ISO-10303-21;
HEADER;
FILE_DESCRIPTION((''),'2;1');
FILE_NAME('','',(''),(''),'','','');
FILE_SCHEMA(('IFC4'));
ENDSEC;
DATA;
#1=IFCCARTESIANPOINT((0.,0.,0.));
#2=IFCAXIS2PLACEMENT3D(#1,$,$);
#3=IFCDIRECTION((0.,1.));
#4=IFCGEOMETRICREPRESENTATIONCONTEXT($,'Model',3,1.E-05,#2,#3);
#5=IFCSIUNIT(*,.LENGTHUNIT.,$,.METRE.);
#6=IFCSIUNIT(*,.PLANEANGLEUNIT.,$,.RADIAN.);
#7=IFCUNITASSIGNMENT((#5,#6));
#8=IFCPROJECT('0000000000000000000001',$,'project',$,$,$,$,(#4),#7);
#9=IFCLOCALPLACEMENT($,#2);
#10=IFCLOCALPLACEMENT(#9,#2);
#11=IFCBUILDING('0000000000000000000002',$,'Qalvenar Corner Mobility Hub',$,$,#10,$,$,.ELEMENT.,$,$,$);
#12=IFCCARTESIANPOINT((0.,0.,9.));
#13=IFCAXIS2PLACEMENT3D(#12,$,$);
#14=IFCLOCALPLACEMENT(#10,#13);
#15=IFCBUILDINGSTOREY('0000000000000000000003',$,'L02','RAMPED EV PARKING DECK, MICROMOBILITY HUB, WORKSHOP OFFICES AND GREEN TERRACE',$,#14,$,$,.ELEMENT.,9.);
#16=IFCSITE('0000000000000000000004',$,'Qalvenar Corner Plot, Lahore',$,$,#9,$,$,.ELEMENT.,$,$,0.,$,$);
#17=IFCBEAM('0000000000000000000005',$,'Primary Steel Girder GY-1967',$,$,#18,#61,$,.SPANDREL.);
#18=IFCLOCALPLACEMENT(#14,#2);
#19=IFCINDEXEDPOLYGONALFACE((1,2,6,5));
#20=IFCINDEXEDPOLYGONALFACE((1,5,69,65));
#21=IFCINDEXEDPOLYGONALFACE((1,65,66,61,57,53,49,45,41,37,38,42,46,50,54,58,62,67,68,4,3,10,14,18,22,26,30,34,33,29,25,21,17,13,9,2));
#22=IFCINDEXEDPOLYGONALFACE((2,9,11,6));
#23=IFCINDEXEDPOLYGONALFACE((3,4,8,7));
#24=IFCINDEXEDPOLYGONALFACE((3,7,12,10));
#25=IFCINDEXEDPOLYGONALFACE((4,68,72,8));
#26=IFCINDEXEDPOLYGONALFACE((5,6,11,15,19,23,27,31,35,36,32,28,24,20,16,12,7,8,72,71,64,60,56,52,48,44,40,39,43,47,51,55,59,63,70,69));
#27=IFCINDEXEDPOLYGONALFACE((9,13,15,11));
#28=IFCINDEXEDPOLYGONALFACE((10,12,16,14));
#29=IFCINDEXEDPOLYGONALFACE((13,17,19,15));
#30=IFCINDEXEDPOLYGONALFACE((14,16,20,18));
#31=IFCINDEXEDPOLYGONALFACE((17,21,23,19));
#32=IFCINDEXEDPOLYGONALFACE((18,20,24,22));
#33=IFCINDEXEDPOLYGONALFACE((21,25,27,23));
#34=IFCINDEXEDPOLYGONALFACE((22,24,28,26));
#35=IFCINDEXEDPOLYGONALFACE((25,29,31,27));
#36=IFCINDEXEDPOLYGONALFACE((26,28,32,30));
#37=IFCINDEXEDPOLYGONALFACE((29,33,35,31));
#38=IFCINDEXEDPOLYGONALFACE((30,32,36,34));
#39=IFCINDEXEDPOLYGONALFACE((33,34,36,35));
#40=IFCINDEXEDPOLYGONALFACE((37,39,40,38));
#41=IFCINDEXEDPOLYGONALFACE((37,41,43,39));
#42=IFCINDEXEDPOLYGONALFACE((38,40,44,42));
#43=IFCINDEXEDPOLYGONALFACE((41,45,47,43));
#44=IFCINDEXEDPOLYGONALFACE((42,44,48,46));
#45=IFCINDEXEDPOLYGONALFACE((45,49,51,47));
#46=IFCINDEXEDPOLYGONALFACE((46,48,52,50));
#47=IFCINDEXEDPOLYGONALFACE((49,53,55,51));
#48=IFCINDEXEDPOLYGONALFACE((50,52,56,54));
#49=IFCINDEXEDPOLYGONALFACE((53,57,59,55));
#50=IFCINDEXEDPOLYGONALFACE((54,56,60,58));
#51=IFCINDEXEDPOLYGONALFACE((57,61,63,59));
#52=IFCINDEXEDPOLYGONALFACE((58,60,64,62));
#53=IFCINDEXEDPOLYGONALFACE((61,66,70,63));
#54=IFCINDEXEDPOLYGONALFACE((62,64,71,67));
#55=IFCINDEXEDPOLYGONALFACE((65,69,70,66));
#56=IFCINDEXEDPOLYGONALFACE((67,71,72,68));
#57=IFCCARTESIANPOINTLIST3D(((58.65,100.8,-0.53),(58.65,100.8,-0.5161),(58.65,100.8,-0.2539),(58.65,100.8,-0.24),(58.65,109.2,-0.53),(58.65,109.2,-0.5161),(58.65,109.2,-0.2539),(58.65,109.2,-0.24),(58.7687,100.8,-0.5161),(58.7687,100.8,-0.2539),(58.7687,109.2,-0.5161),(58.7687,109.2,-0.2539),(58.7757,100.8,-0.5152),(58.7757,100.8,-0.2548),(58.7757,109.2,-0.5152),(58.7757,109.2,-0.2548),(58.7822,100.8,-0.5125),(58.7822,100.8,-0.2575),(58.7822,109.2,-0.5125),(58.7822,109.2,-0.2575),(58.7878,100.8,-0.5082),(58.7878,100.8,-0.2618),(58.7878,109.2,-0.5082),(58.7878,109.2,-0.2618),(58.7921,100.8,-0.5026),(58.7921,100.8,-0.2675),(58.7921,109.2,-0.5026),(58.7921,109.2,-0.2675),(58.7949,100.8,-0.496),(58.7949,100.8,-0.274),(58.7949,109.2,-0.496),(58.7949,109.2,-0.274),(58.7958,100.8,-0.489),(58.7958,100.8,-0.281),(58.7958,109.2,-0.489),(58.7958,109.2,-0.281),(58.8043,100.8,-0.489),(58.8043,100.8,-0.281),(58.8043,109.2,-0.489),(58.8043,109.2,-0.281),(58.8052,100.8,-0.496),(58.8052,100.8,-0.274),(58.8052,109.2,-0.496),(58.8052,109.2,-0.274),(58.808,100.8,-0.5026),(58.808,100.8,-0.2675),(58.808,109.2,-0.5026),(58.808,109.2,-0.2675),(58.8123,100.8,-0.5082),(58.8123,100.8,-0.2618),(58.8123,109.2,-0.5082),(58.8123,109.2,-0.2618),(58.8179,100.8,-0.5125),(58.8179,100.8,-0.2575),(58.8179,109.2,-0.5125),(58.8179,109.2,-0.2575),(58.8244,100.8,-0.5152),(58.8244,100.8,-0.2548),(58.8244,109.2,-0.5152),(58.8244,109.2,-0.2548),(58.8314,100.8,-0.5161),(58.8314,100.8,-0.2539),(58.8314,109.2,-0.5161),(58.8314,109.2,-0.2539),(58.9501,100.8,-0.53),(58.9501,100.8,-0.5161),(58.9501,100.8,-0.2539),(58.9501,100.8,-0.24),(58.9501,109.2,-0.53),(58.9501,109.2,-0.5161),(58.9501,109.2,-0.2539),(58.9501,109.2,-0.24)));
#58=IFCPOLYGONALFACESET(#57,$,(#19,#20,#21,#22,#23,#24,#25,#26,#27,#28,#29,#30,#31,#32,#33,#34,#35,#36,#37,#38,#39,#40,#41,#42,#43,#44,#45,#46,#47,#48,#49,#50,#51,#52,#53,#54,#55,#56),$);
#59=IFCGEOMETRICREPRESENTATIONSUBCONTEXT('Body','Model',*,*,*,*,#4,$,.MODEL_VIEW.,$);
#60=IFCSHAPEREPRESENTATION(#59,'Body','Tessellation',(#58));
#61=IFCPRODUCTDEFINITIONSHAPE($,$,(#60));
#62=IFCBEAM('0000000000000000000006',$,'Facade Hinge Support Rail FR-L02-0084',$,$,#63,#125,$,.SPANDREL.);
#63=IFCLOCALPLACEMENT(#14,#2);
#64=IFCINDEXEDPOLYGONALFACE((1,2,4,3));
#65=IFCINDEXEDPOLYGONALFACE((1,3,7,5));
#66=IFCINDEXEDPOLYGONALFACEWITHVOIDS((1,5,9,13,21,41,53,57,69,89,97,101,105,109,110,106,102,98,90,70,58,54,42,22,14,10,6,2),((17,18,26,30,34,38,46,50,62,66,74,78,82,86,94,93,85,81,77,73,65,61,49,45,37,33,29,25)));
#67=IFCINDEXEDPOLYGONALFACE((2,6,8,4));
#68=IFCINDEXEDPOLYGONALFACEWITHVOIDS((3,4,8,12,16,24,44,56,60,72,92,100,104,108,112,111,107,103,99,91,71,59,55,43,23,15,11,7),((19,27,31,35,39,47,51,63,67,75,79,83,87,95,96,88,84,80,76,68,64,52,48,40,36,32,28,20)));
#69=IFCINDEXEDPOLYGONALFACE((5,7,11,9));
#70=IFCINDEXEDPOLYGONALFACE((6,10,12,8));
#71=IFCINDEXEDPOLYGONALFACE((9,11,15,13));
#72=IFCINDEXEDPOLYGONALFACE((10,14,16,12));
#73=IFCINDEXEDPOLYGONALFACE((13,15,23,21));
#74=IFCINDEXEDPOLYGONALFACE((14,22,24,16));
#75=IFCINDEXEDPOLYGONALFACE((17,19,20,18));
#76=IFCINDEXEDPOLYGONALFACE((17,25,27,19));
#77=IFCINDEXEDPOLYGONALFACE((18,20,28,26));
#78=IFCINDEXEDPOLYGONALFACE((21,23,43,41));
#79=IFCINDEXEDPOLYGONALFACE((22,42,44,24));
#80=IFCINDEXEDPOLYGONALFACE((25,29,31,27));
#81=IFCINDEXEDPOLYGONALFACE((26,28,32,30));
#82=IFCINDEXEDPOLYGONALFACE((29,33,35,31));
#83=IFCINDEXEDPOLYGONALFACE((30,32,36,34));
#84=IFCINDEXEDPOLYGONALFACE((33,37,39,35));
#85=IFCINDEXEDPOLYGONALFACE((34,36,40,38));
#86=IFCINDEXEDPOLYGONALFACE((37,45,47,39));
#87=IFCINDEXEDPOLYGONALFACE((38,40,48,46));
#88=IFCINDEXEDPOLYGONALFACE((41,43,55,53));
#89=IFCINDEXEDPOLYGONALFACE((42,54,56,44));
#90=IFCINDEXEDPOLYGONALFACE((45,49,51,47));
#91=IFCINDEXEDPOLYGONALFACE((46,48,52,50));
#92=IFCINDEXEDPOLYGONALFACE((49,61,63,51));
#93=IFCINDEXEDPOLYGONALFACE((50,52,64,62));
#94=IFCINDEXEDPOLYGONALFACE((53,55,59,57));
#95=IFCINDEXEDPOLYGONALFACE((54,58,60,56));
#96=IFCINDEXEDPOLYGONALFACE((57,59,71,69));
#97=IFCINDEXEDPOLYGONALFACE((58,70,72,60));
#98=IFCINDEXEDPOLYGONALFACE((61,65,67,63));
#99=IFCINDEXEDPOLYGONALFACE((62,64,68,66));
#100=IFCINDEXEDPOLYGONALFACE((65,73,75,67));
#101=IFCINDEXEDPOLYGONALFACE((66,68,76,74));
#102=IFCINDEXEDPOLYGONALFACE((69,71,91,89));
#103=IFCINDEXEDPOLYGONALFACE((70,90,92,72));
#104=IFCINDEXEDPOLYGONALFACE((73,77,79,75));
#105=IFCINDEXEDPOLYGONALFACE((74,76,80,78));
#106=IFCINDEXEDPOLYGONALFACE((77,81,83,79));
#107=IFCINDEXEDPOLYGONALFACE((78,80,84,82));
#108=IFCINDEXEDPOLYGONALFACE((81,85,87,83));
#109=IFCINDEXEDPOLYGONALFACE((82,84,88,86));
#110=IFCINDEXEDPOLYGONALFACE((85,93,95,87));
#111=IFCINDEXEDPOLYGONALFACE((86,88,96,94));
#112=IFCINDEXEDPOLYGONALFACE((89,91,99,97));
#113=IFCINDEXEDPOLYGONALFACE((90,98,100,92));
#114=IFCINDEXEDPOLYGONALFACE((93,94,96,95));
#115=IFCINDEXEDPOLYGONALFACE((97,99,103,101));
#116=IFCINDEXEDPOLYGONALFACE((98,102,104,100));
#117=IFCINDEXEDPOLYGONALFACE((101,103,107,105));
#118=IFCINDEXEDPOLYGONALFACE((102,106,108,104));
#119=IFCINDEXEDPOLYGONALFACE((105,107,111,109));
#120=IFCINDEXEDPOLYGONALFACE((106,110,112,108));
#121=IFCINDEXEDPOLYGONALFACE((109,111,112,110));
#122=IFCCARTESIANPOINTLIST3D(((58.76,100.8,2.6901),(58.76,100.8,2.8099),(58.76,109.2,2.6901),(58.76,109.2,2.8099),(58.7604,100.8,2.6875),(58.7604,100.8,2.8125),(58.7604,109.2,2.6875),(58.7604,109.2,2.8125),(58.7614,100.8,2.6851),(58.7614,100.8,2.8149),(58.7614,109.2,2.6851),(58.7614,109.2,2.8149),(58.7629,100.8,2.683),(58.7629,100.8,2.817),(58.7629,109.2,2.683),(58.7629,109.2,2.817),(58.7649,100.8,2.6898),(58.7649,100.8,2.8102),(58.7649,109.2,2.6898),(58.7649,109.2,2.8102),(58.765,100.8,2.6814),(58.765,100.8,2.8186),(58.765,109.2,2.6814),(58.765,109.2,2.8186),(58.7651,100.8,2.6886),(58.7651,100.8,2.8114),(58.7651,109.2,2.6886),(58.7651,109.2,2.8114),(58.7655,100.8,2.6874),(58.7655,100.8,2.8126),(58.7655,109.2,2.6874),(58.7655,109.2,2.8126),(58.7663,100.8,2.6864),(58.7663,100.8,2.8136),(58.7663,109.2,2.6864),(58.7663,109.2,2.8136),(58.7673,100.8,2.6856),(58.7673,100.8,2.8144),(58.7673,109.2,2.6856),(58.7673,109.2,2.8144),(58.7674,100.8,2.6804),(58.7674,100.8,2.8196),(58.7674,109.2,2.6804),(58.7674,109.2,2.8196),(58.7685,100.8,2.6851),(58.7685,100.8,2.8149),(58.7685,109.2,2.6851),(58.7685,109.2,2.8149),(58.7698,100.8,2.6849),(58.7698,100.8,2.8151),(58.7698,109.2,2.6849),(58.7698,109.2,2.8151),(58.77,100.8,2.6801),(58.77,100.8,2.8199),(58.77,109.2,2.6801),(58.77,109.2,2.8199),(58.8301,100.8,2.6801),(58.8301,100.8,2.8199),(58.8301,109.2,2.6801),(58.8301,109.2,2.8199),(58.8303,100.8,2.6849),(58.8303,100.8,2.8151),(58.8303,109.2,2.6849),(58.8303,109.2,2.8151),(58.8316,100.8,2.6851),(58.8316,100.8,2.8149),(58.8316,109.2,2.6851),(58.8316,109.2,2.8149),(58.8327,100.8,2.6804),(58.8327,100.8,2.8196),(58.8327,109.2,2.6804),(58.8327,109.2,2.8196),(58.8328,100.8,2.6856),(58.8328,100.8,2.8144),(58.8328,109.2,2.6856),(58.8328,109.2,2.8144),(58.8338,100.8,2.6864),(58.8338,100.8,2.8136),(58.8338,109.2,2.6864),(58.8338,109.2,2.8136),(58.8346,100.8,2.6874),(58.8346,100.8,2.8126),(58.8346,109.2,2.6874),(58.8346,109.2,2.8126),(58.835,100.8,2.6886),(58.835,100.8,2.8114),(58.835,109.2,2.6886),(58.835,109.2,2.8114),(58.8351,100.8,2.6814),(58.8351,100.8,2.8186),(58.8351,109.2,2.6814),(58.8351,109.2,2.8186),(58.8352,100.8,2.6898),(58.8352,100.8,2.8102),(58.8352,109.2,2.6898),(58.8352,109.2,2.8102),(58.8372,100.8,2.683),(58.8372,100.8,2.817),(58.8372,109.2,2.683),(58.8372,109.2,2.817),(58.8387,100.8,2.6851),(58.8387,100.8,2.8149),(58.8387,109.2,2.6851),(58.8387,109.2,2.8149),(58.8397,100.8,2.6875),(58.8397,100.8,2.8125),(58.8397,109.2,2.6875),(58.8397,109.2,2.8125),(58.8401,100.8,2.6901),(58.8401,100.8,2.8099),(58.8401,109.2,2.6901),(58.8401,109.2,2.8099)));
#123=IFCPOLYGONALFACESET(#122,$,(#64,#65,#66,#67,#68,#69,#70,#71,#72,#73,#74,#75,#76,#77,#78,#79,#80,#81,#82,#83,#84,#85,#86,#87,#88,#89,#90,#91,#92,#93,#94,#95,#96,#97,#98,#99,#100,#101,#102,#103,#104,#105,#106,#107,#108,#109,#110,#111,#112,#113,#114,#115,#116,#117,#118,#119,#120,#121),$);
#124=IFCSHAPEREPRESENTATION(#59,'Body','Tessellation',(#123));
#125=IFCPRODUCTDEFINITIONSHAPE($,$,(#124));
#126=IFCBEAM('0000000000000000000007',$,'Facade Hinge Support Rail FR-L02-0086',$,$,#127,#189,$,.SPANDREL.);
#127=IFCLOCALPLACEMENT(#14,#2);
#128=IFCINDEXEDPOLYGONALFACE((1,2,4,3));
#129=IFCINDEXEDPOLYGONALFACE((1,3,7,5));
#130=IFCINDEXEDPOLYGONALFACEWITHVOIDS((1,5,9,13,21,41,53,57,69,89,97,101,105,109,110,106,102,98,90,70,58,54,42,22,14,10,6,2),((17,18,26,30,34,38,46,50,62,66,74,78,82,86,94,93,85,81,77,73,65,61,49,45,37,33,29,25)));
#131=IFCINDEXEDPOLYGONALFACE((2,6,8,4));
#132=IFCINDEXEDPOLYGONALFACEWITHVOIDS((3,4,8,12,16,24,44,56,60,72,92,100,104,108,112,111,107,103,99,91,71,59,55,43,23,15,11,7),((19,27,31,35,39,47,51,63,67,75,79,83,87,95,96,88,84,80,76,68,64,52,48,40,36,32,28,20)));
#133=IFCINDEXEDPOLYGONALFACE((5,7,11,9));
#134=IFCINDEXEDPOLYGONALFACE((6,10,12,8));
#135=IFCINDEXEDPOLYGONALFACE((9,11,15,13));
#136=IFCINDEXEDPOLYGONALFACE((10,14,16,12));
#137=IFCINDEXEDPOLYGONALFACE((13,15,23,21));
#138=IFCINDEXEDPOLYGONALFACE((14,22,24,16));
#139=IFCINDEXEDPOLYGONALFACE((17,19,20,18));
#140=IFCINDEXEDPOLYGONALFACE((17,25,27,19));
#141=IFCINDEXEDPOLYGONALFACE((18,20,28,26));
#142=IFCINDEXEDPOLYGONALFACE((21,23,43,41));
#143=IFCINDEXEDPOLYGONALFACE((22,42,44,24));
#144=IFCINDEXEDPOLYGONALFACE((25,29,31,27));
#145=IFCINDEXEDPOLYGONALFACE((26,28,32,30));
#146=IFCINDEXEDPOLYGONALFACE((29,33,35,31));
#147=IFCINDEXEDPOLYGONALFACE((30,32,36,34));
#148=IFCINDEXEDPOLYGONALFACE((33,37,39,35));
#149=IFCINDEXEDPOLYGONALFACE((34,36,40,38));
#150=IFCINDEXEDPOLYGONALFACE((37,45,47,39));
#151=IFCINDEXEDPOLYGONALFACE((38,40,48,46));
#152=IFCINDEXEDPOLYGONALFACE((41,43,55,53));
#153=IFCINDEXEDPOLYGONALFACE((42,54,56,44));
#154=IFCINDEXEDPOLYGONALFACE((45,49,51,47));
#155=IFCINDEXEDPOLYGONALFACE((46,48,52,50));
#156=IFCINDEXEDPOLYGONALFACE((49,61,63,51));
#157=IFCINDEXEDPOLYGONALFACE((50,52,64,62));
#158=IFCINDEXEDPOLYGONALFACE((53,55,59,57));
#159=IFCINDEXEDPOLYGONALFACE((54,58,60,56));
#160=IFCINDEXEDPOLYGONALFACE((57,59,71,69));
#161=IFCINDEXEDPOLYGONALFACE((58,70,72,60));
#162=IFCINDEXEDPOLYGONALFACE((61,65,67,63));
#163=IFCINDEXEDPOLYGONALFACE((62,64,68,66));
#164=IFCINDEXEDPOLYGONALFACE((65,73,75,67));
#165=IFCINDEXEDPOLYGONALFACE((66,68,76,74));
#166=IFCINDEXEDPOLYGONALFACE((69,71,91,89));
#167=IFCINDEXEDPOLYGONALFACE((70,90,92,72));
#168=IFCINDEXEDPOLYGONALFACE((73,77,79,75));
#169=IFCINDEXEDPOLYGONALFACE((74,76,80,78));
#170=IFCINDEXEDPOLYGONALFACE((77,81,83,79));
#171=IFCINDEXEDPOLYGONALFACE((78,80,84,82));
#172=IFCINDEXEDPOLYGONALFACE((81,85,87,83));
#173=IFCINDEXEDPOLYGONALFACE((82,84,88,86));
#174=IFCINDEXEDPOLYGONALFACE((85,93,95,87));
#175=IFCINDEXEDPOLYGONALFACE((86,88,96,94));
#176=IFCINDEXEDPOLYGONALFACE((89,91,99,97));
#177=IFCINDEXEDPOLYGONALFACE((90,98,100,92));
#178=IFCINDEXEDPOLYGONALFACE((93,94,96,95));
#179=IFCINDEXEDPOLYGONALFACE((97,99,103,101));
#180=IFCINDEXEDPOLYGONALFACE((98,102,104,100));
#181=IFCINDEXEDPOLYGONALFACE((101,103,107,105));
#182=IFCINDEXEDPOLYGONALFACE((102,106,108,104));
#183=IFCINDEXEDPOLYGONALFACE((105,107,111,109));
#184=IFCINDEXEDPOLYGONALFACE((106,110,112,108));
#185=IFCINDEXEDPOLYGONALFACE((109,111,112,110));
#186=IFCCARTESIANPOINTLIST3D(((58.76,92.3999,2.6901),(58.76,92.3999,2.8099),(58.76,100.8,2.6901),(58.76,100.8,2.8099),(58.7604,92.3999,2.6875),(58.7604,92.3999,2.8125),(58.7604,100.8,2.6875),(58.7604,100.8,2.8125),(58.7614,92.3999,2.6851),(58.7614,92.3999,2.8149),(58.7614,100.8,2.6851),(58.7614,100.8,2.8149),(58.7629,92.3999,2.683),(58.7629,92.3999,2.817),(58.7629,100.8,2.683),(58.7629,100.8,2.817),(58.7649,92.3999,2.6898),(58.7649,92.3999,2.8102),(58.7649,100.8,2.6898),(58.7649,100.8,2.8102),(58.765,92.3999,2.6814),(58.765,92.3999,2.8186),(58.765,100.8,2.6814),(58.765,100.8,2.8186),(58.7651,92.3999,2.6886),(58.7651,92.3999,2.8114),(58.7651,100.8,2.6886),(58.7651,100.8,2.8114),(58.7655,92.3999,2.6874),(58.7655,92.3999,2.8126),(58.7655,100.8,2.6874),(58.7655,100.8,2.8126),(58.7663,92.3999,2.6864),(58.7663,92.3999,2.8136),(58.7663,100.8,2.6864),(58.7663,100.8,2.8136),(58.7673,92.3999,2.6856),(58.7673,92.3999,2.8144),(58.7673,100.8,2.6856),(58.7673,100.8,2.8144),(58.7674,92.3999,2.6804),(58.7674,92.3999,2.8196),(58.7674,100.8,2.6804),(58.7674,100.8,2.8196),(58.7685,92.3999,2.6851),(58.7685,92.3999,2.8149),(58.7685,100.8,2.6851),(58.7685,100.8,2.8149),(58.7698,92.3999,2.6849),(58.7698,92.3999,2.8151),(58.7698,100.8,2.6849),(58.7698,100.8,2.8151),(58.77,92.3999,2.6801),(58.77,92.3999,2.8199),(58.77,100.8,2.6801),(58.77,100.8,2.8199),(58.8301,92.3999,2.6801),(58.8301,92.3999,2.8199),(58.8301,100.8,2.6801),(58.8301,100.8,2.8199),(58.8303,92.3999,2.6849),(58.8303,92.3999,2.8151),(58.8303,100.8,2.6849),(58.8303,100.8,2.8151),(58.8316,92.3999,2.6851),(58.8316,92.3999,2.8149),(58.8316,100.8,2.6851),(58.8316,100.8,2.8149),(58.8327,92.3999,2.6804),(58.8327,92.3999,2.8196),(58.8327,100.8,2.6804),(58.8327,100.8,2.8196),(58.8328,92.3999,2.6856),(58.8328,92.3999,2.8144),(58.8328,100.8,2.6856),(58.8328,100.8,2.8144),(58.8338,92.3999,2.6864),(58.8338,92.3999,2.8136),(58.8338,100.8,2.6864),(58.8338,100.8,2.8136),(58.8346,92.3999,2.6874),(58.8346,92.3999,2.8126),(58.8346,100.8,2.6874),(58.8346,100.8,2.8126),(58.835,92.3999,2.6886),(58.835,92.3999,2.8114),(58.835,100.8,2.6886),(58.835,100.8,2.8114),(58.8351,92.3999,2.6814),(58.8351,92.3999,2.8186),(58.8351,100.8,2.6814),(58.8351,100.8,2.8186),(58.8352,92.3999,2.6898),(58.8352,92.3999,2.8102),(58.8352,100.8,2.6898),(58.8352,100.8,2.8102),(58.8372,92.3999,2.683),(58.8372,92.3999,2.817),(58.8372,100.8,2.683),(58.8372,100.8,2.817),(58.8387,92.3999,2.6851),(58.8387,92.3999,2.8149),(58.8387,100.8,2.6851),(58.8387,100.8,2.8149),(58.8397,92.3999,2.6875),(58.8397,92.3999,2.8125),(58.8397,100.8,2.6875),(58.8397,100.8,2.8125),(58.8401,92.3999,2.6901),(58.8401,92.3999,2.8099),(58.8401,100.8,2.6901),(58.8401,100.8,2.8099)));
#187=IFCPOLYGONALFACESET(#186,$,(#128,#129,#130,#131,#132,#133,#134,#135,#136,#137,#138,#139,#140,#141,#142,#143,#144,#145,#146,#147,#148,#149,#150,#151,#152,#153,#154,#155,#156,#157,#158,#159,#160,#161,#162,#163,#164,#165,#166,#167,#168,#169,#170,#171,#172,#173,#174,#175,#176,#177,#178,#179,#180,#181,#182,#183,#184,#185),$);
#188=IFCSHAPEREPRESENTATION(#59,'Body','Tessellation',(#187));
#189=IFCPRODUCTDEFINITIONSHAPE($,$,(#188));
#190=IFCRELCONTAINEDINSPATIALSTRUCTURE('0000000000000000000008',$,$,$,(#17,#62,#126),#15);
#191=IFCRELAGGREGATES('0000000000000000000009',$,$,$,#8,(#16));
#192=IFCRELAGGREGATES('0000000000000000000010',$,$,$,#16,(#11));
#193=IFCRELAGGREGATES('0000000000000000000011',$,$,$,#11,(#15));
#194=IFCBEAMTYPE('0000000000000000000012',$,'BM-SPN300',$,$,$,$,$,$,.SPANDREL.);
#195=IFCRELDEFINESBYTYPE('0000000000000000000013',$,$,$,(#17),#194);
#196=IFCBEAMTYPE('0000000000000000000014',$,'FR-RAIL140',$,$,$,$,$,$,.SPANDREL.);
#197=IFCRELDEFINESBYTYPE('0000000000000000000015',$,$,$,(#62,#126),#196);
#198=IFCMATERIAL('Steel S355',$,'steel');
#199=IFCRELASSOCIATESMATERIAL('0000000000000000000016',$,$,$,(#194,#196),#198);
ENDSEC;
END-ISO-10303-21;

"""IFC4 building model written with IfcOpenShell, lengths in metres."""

from ifc_helpers import new_model, si_unit, direction, frame, origin, origin_2d, place, context, subcontext, project, spatial, hollow_rectangle, i_section, extrude, material, material_profile, profile_set, type_object, element, save


model = new_model("IFC4")

# Units and contexts
model_context = context("Model", 3, precision=1e-05, world=origin(), true_north=direction((0.0, 1.0)))
body_context = subcontext(model_context, "Body", "Model", "MODEL_VIEW")
ifc_project = project(units=[si_unit("LENGTHUNIT", "METRE"), si_unit("PLANEANGLEUNIT", "RADIAN")], contexts=[model_context])

# Site, building, storey
site_placement = place(None, origin())
site = spatial("IfcSite", under=ifc_project, at=site_placement, Name="Qalvenar Corner Plot, Lahore", CompositionType="ELEMENT", RefElevation=0.0)
building_placement = place(site_placement, origin())
building = spatial("IfcBuilding", under=site, at=building_placement, Name="Qalvenar Corner Mobility Hub", CompositionType="ELEMENT")
storey_placement = place(building_placement, frame((0.0, 0.0, 9.0)))
storey = spatial("IfcBuildingStorey", under=building, at=storey_placement, Name="L02", Description="RAMPED EV PARKING DECK, MICROMOBILITY HUB, WORKSHOP OFFICES AND GREEN TERRACE", CompositionType="ELEMENT", Elevation=9.0)

# Shared definitions
ifc_material = material(Name="Steel S355", Category="steel")

# Beams
ifc_material_profile_1 = material_profile(ifc_material, i_section(OverallWidth=0.3, OverallDepth=0.29, WebThickness=0.0085, FlangeThickness=0.0139, FilletRadius=0.0271, at=origin_2d()), Name="HEA300")
ifc_profile_set_1 = profile_set([ifc_material_profile_1], Name="Steel S355")
beam_type_1 = type_object("IfcBeamType", Name="BM-SPN300", PredefinedType="SPANDREL", material=ifc_profile_set_1)
beam_1_placement = place(storey_placement, frame((58.8, 100.8, -0.385), z_axis=(0.0, 1.0, 0.0), x_axis=(-1.0, 0.0, 0.0)))
element("IfcBeam", 1, at=beam_1_placement, inside=storey, type_object=beam_type_1, Name="Primary Steel Girder GY-1967", PredefinedType="SPANDREL", context=body_context, shape_type="SweptSolid", body=[
    extrude(i_section(OverallWidth=0.3, OverallDepth=0.29, WebThickness=0.0085, FlangeThickness=0.0139, FilletRadius=0.0271, at=origin_2d()), origin(), (0.0, 0.0, 1.0), 8.3999),
])
ifc_material_profile_2 = material_profile(ifc_material, hollow_rectangle(XDim=0.0801, YDim=0.1399, WallThickness=0.0049, InnerFilletRadius=0.0049, OuterFilletRadius=0.01, at=origin_2d()), Name="RHS140x80x5")
ifc_profile_set_2 = profile_set([ifc_material_profile_2], Name="Steel S355")
beam_type_2 = type_object("IfcBeamType", Name="FR-RAIL140", PredefinedType="SPANDREL", material=ifc_profile_set_2)
beam_2_placement = place(storey_placement, frame((58.8, 109.2, 2.75), z_axis=(0.0, -1.0, 0.0), x_axis=(1.0, 0.0, 0.0)))
element("IfcBeam", 2, at=beam_2_placement, inside=storey, type_object=beam_type_2, Name="Facade Hinge Support Rail FR-L02-0084", PredefinedType="SPANDREL", context=body_context, shape_type="SweptSolid", body=[
    extrude(hollow_rectangle(XDim=0.0801, YDim=0.1399, WallThickness=0.0049, InnerFilletRadius=0.0049, OuterFilletRadius=0.01, at=origin_2d()), origin(), (0.0, 0.0, 1.0), 8.3999),
])
beam_3_placement = place(storey_placement, frame((58.8, 100.8, 2.75), z_axis=(0.0, -1.0, 0.0), x_axis=(1.0, 0.0, 0.0)))
element("IfcBeam", 3, at=beam_3_placement, inside=storey, type_object=beam_type_2, Name="Facade Hinge Support Rail FR-L02-0086", PredefinedType="SPANDREL", context=body_context, shape_type="SweptSolid", body=[
    extrude(hollow_rectangle(XDim=0.0801, YDim=0.1399, WallThickness=0.0049, InnerFilletRadius=0.0049, OuterFilletRadius=0.01, at=origin_2d()), origin(), (0.0, 0.0, 1.0), 8.4001),
])

save(model, "model.ifc")
